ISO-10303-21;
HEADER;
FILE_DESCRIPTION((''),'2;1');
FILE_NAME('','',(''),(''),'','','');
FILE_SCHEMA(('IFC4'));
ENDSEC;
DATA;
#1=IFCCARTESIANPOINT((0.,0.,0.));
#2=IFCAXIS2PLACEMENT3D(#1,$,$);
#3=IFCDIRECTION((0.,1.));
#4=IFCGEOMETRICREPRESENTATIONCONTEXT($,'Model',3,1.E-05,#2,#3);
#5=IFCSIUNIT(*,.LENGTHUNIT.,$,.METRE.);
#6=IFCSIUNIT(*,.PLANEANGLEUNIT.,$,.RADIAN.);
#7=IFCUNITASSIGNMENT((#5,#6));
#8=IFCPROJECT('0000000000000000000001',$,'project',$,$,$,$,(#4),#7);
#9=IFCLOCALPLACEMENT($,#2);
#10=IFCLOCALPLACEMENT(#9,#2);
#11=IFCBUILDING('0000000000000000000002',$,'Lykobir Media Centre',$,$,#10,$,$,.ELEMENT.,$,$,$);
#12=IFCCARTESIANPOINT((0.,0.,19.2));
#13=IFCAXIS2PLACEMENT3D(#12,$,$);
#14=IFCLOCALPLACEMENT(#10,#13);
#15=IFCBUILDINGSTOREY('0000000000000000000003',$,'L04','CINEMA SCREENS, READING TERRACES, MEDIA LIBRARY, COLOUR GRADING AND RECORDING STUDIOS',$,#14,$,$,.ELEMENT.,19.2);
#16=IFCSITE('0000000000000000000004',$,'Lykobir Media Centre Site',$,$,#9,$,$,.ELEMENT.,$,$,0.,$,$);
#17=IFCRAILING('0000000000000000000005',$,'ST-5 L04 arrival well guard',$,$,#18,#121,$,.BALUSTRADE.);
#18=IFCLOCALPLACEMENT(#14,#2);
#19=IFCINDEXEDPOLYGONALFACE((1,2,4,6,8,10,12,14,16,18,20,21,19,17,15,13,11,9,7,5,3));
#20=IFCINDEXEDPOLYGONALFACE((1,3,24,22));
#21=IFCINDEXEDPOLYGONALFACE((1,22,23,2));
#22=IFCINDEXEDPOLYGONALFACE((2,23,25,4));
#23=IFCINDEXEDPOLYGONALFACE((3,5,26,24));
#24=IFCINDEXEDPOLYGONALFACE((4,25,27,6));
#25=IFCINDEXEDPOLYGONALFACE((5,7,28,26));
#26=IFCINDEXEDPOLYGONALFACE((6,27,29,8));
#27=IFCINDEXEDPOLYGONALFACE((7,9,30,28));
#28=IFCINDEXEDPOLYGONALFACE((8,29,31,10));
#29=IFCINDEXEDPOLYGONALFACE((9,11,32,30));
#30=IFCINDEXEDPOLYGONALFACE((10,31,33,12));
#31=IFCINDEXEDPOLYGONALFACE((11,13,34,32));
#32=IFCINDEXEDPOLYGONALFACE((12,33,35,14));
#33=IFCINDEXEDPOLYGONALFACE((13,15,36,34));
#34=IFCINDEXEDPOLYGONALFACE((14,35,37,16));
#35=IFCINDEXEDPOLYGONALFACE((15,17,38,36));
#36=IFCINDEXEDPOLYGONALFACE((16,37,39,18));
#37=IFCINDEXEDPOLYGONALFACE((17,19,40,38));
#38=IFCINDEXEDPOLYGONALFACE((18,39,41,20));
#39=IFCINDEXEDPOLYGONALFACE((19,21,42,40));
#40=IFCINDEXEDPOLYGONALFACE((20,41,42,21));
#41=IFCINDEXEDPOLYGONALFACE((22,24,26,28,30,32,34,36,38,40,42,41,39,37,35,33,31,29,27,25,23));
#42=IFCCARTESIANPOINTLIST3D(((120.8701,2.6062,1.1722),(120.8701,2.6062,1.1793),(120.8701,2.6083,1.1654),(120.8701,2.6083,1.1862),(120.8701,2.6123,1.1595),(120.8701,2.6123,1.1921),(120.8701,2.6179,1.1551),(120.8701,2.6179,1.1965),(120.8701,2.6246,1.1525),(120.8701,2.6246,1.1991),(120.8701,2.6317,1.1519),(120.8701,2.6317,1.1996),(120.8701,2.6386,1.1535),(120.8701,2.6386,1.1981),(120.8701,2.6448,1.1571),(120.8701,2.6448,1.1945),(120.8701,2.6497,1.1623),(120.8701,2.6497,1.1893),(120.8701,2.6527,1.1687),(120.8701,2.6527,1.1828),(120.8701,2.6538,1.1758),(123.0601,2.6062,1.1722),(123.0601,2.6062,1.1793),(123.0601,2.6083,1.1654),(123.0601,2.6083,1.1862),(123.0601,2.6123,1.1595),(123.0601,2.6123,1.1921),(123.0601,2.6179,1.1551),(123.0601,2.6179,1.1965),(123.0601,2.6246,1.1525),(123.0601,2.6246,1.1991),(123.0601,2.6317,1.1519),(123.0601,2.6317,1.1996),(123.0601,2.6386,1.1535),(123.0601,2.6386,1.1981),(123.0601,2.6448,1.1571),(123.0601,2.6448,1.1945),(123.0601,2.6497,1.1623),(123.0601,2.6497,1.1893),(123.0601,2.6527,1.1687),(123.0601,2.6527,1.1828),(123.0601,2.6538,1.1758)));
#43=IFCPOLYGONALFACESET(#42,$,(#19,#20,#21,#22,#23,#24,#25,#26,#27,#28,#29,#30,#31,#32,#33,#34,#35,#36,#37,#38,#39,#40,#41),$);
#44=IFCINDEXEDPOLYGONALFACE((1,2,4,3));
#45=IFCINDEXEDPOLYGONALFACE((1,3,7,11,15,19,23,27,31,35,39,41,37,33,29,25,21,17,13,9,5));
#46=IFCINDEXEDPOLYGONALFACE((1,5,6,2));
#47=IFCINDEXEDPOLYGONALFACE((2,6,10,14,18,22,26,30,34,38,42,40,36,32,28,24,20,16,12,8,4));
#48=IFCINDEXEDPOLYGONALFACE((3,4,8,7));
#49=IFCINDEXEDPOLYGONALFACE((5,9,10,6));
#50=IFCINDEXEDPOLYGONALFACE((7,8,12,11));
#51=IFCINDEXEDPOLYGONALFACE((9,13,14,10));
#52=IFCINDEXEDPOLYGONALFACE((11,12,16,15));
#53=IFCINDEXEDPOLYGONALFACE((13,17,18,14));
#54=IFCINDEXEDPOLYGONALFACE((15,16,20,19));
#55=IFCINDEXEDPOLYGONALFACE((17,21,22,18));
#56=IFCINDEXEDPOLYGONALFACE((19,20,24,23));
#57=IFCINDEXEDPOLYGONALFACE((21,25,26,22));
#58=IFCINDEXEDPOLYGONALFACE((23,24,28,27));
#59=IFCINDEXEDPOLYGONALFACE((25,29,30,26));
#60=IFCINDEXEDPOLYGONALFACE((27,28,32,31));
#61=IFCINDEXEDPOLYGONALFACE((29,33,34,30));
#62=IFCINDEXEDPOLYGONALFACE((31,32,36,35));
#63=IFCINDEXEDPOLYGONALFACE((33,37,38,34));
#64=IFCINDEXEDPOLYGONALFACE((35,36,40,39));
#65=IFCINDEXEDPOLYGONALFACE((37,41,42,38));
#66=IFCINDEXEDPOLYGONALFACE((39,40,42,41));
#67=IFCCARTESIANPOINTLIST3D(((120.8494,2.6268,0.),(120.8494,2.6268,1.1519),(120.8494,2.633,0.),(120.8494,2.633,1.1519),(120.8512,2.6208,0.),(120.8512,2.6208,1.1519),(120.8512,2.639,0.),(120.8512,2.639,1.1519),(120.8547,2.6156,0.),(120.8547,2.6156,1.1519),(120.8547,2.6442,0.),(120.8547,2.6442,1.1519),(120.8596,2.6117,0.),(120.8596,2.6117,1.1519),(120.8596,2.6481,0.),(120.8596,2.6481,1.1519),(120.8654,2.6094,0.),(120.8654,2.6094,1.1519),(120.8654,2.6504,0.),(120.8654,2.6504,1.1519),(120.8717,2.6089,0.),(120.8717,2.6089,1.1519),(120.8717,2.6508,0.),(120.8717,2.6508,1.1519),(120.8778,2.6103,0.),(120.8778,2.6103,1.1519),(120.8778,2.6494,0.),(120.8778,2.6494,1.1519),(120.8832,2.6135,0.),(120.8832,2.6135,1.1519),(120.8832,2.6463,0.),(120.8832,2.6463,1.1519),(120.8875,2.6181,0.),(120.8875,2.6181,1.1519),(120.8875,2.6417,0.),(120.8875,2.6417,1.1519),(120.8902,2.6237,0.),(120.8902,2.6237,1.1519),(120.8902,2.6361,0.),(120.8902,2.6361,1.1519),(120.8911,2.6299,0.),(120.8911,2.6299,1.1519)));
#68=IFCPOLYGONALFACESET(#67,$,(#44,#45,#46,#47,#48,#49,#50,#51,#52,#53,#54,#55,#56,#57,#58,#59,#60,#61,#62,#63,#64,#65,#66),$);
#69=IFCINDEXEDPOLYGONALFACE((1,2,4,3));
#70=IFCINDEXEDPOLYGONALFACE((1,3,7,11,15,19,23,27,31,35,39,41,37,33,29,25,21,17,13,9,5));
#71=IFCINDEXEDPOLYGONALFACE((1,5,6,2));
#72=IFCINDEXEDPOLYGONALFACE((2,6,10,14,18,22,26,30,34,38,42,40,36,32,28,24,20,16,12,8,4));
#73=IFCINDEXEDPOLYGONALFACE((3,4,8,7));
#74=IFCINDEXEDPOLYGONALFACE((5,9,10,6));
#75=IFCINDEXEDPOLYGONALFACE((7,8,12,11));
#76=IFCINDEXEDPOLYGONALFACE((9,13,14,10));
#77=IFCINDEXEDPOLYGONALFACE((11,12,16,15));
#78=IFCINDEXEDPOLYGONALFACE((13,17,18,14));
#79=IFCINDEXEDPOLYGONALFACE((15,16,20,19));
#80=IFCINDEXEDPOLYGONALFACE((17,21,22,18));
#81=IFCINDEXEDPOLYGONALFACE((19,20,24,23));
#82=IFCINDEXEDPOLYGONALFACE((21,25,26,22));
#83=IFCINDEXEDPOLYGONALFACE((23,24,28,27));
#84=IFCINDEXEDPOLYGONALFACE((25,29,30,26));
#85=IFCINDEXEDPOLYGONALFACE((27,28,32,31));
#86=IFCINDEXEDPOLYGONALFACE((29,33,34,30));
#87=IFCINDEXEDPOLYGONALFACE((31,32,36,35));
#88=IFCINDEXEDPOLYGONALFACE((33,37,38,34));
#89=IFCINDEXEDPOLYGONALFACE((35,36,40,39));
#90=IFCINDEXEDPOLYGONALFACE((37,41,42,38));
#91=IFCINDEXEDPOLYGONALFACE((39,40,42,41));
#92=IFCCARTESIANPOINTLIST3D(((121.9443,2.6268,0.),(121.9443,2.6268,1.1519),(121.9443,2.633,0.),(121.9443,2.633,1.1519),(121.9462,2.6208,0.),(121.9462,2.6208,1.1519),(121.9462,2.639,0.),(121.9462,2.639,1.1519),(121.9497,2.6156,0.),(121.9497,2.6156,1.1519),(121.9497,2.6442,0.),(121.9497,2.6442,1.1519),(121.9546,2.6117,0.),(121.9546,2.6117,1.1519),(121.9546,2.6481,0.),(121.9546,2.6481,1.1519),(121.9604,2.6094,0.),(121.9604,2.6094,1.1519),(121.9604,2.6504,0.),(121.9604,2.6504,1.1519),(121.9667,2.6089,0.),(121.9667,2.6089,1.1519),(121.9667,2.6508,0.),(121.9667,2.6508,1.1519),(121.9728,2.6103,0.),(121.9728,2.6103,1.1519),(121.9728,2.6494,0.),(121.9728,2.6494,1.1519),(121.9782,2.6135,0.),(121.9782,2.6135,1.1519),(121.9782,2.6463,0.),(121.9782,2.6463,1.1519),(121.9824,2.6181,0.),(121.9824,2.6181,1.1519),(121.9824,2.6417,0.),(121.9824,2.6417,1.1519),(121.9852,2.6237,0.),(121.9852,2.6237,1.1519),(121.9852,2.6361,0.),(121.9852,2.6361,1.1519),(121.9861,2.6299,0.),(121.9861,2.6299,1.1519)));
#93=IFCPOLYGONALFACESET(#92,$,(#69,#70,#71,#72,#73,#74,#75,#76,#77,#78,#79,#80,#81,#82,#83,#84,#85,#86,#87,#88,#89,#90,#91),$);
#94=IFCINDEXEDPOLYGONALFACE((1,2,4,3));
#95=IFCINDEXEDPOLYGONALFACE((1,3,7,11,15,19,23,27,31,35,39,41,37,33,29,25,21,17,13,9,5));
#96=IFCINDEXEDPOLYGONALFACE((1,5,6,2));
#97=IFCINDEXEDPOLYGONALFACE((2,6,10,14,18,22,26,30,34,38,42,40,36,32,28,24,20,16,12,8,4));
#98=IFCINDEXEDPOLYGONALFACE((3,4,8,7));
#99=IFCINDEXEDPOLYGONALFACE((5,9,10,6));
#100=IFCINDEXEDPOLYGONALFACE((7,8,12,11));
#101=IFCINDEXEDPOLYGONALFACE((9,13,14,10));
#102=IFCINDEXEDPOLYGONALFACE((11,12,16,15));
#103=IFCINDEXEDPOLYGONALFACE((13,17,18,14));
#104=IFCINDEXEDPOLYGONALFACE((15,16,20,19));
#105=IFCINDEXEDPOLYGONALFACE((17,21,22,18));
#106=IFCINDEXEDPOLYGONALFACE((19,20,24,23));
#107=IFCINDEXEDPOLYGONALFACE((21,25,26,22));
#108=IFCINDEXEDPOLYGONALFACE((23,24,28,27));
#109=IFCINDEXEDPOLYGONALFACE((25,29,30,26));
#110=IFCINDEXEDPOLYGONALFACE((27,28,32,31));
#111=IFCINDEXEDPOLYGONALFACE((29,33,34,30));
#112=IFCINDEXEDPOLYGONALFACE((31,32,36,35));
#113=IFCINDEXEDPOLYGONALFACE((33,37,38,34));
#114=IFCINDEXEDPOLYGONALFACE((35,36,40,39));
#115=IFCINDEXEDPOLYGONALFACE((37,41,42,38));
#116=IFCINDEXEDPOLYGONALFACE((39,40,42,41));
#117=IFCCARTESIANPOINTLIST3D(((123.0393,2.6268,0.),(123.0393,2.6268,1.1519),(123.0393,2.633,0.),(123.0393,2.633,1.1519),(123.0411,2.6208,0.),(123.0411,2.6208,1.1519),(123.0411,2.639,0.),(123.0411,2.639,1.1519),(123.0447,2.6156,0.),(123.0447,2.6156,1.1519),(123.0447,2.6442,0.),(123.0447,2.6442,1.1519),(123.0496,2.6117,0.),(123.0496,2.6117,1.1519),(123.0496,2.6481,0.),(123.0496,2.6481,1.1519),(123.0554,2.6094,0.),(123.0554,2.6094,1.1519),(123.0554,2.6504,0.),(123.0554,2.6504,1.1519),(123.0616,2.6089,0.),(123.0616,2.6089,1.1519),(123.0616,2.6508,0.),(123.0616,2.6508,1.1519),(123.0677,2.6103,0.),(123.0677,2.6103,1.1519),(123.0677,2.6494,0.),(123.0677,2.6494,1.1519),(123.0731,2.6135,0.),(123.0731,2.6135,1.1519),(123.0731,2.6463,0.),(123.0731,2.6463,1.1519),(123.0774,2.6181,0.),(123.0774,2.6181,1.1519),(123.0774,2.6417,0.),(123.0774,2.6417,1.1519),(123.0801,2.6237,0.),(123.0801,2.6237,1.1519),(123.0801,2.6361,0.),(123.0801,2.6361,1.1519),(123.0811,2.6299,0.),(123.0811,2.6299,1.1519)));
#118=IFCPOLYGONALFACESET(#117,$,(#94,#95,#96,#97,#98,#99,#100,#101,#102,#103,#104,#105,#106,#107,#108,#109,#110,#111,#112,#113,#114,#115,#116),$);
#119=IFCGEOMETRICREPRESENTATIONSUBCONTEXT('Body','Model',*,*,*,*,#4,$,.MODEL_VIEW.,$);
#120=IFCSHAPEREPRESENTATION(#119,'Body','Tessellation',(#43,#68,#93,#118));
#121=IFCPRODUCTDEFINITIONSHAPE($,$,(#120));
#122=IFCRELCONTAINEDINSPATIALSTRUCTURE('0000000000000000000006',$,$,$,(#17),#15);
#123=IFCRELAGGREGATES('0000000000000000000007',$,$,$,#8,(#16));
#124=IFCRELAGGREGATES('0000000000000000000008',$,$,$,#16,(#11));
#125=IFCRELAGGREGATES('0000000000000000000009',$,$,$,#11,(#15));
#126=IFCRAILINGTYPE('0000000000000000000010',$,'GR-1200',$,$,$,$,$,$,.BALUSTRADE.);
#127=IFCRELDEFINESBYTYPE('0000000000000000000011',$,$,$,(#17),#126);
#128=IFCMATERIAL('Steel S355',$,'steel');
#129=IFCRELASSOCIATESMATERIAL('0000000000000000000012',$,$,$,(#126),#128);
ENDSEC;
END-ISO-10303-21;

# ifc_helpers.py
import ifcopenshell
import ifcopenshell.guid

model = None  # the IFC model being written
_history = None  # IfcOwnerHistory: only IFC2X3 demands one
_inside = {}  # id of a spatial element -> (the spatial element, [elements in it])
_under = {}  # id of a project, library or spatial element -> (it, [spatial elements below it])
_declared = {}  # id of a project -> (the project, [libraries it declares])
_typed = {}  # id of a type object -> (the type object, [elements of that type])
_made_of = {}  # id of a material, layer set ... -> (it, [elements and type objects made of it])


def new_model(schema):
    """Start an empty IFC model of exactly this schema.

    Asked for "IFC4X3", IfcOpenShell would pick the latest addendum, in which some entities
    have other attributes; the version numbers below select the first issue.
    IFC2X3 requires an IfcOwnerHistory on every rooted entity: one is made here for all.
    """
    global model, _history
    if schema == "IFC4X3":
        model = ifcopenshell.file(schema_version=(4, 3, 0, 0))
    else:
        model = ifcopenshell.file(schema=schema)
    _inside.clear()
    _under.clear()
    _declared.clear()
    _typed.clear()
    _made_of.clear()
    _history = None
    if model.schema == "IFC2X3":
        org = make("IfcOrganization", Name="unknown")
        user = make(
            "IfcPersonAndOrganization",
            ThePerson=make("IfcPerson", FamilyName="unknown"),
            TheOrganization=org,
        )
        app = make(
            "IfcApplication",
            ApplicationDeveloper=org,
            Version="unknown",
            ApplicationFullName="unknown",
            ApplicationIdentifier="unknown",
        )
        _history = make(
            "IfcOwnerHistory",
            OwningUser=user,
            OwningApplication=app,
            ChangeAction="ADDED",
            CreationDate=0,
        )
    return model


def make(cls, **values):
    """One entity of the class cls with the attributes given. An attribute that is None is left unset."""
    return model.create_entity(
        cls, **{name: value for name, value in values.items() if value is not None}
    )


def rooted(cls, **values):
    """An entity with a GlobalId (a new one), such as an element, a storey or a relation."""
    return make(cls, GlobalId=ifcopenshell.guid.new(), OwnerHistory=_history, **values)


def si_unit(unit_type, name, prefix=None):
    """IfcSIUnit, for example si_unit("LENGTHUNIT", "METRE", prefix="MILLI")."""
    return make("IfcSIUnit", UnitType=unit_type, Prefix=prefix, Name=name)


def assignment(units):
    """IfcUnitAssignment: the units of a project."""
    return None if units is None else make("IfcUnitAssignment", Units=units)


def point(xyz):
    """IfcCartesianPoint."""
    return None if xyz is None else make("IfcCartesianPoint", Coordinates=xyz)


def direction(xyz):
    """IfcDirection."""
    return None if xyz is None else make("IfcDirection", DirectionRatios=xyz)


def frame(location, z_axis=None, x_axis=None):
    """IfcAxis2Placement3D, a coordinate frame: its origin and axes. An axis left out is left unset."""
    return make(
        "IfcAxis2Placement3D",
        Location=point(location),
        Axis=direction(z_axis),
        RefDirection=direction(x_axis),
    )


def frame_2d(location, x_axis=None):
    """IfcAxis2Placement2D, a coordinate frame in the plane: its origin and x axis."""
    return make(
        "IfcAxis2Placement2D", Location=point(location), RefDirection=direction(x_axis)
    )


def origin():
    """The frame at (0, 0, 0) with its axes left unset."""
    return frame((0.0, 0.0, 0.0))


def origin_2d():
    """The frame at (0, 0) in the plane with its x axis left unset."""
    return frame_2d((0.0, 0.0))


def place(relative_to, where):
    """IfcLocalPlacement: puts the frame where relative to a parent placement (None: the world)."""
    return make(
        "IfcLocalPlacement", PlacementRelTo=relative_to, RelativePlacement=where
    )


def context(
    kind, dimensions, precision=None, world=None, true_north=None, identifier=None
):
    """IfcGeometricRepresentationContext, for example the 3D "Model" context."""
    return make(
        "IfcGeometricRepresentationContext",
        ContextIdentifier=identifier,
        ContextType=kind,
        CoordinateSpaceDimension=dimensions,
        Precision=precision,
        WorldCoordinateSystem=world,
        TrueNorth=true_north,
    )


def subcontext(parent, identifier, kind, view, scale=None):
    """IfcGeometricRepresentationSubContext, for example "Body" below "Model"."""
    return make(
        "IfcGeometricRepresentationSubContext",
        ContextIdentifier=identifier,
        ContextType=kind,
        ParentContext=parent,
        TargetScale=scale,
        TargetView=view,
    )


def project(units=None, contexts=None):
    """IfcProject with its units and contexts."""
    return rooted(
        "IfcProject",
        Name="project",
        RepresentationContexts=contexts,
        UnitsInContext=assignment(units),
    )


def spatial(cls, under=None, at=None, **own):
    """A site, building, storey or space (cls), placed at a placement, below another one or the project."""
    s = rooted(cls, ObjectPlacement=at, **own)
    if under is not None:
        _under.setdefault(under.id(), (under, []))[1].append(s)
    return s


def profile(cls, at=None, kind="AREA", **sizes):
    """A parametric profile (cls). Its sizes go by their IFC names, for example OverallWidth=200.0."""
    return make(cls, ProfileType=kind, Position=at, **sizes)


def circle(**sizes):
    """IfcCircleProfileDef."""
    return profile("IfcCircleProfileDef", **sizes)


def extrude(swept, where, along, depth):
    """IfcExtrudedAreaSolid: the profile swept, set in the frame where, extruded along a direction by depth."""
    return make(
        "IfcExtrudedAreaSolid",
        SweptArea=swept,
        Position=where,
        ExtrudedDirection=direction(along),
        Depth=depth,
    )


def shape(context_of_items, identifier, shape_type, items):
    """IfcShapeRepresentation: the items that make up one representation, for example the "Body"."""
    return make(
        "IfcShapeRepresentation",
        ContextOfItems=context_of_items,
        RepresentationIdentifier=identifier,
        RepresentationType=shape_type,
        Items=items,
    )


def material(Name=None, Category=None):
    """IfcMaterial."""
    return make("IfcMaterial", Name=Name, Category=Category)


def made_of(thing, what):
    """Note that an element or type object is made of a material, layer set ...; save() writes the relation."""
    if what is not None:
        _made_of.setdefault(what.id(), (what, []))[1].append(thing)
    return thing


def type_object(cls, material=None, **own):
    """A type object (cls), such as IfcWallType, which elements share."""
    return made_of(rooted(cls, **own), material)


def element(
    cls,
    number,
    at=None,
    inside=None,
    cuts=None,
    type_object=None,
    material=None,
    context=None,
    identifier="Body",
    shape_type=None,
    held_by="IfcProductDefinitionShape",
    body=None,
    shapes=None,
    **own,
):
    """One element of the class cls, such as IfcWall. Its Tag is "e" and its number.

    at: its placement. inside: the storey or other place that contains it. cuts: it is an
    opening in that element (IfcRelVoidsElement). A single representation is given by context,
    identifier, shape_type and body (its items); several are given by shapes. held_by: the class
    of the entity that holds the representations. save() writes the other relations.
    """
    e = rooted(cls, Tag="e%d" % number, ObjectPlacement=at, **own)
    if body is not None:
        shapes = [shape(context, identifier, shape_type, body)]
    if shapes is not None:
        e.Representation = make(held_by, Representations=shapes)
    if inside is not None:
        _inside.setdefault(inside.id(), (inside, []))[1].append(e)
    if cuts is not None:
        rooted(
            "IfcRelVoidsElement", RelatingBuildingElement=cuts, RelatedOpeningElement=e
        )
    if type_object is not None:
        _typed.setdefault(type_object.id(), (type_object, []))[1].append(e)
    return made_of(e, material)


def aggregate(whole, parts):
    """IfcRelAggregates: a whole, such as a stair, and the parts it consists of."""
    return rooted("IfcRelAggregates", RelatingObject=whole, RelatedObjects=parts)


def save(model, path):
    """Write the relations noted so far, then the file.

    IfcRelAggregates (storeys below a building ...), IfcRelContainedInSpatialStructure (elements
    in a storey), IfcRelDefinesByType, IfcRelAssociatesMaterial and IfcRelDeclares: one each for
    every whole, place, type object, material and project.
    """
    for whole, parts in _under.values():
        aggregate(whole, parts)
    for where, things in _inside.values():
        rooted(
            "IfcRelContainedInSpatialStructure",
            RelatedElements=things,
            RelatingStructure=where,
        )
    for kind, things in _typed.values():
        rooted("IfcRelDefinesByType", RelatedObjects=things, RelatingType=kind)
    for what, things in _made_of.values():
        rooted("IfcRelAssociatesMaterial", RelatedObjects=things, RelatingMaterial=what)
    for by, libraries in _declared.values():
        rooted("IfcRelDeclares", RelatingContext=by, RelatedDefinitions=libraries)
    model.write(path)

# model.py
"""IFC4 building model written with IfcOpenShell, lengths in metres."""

from ifc_helpers import new_model, si_unit, direction, frame, origin, origin_2d, place, context, subcontext, project, spatial, circle, extrude, material, type_object, element, save


model = new_model("IFC4")

# Units and contexts
model_context = context("Model", 3, precision=1e-05, world=origin(), true_north=direction((0.0, 1.0)))
body_context = subcontext(model_context, "Body", "Model", "MODEL_VIEW")
ifc_project = project(units=[si_unit("LENGTHUNIT", "METRE"), si_unit("PLANEANGLEUNIT", "RADIAN")], contexts=[model_context])

# Site, building, storey
site_placement = place(None, origin())
site = spatial("IfcSite", under=ifc_project, at=site_placement, Name="Lykobir Media Centre Site", CompositionType="ELEMENT", RefElevation=0.0)
building_placement = place(site_placement, origin())
building = spatial("IfcBuilding", under=site, at=building_placement, Name="Lykobir Media Centre", CompositionType="ELEMENT")
storey_placement = place(building_placement, frame((0.0, 0.0, 19.2)))
storey = spatial("IfcBuildingStorey", under=building, at=storey_placement, Name="L04", Description="CINEMA SCREENS, READING TERRACES, MEDIA LIBRARY, COLOUR GRADING AND RECORDING STUDIOS", CompositionType="ELEMENT", Elevation=19.2)

# Shared definitions
ifc_material_1 = material(Name="Steel S355", Category="steel")

# Railing
railing_type_1 = type_object("IfcRailingType", Name="GR-1200", PredefinedType="BALUSTRADE", material=ifc_material_1)
railing_1_placement = place(storey_placement, frame((120.8701, 2.6299, 0.0)))
element("IfcRailing", 1, at=railing_1_placement, inside=storey, type_object=railing_type_1, Name="ST-5 L04 arrival well guard", PredefinedType="BALUSTRADE", context=body_context, shape_type="SweptSolid", body=[
    extrude(circle(Radius=0.0239, at=origin_2d()), frame((0.0, 0.0, 1.1758), z_axis=(1.0, 0.0, 0.0), x_axis=(0.0, 1.0, 0.0)), (0.0, 0.0, 1.0), 2.1899),
    extrude(circle(Radius=0.021, at=origin_2d()), origin(), (0.0, 0.0, 1.0), 1.1519),
    extrude(circle(Radius=0.021, at=origin_2d()), frame((1.095, 0.0, 0.0)), (0.0, 0.0, 1.0), 1.1519),
    extrude(circle(Radius=0.021, at=origin_2d()), frame((2.1899, 0.0, 0.0)), (0.0, 0.0, 1.0), 1.1519),
])

save(model, "model.ifc")
